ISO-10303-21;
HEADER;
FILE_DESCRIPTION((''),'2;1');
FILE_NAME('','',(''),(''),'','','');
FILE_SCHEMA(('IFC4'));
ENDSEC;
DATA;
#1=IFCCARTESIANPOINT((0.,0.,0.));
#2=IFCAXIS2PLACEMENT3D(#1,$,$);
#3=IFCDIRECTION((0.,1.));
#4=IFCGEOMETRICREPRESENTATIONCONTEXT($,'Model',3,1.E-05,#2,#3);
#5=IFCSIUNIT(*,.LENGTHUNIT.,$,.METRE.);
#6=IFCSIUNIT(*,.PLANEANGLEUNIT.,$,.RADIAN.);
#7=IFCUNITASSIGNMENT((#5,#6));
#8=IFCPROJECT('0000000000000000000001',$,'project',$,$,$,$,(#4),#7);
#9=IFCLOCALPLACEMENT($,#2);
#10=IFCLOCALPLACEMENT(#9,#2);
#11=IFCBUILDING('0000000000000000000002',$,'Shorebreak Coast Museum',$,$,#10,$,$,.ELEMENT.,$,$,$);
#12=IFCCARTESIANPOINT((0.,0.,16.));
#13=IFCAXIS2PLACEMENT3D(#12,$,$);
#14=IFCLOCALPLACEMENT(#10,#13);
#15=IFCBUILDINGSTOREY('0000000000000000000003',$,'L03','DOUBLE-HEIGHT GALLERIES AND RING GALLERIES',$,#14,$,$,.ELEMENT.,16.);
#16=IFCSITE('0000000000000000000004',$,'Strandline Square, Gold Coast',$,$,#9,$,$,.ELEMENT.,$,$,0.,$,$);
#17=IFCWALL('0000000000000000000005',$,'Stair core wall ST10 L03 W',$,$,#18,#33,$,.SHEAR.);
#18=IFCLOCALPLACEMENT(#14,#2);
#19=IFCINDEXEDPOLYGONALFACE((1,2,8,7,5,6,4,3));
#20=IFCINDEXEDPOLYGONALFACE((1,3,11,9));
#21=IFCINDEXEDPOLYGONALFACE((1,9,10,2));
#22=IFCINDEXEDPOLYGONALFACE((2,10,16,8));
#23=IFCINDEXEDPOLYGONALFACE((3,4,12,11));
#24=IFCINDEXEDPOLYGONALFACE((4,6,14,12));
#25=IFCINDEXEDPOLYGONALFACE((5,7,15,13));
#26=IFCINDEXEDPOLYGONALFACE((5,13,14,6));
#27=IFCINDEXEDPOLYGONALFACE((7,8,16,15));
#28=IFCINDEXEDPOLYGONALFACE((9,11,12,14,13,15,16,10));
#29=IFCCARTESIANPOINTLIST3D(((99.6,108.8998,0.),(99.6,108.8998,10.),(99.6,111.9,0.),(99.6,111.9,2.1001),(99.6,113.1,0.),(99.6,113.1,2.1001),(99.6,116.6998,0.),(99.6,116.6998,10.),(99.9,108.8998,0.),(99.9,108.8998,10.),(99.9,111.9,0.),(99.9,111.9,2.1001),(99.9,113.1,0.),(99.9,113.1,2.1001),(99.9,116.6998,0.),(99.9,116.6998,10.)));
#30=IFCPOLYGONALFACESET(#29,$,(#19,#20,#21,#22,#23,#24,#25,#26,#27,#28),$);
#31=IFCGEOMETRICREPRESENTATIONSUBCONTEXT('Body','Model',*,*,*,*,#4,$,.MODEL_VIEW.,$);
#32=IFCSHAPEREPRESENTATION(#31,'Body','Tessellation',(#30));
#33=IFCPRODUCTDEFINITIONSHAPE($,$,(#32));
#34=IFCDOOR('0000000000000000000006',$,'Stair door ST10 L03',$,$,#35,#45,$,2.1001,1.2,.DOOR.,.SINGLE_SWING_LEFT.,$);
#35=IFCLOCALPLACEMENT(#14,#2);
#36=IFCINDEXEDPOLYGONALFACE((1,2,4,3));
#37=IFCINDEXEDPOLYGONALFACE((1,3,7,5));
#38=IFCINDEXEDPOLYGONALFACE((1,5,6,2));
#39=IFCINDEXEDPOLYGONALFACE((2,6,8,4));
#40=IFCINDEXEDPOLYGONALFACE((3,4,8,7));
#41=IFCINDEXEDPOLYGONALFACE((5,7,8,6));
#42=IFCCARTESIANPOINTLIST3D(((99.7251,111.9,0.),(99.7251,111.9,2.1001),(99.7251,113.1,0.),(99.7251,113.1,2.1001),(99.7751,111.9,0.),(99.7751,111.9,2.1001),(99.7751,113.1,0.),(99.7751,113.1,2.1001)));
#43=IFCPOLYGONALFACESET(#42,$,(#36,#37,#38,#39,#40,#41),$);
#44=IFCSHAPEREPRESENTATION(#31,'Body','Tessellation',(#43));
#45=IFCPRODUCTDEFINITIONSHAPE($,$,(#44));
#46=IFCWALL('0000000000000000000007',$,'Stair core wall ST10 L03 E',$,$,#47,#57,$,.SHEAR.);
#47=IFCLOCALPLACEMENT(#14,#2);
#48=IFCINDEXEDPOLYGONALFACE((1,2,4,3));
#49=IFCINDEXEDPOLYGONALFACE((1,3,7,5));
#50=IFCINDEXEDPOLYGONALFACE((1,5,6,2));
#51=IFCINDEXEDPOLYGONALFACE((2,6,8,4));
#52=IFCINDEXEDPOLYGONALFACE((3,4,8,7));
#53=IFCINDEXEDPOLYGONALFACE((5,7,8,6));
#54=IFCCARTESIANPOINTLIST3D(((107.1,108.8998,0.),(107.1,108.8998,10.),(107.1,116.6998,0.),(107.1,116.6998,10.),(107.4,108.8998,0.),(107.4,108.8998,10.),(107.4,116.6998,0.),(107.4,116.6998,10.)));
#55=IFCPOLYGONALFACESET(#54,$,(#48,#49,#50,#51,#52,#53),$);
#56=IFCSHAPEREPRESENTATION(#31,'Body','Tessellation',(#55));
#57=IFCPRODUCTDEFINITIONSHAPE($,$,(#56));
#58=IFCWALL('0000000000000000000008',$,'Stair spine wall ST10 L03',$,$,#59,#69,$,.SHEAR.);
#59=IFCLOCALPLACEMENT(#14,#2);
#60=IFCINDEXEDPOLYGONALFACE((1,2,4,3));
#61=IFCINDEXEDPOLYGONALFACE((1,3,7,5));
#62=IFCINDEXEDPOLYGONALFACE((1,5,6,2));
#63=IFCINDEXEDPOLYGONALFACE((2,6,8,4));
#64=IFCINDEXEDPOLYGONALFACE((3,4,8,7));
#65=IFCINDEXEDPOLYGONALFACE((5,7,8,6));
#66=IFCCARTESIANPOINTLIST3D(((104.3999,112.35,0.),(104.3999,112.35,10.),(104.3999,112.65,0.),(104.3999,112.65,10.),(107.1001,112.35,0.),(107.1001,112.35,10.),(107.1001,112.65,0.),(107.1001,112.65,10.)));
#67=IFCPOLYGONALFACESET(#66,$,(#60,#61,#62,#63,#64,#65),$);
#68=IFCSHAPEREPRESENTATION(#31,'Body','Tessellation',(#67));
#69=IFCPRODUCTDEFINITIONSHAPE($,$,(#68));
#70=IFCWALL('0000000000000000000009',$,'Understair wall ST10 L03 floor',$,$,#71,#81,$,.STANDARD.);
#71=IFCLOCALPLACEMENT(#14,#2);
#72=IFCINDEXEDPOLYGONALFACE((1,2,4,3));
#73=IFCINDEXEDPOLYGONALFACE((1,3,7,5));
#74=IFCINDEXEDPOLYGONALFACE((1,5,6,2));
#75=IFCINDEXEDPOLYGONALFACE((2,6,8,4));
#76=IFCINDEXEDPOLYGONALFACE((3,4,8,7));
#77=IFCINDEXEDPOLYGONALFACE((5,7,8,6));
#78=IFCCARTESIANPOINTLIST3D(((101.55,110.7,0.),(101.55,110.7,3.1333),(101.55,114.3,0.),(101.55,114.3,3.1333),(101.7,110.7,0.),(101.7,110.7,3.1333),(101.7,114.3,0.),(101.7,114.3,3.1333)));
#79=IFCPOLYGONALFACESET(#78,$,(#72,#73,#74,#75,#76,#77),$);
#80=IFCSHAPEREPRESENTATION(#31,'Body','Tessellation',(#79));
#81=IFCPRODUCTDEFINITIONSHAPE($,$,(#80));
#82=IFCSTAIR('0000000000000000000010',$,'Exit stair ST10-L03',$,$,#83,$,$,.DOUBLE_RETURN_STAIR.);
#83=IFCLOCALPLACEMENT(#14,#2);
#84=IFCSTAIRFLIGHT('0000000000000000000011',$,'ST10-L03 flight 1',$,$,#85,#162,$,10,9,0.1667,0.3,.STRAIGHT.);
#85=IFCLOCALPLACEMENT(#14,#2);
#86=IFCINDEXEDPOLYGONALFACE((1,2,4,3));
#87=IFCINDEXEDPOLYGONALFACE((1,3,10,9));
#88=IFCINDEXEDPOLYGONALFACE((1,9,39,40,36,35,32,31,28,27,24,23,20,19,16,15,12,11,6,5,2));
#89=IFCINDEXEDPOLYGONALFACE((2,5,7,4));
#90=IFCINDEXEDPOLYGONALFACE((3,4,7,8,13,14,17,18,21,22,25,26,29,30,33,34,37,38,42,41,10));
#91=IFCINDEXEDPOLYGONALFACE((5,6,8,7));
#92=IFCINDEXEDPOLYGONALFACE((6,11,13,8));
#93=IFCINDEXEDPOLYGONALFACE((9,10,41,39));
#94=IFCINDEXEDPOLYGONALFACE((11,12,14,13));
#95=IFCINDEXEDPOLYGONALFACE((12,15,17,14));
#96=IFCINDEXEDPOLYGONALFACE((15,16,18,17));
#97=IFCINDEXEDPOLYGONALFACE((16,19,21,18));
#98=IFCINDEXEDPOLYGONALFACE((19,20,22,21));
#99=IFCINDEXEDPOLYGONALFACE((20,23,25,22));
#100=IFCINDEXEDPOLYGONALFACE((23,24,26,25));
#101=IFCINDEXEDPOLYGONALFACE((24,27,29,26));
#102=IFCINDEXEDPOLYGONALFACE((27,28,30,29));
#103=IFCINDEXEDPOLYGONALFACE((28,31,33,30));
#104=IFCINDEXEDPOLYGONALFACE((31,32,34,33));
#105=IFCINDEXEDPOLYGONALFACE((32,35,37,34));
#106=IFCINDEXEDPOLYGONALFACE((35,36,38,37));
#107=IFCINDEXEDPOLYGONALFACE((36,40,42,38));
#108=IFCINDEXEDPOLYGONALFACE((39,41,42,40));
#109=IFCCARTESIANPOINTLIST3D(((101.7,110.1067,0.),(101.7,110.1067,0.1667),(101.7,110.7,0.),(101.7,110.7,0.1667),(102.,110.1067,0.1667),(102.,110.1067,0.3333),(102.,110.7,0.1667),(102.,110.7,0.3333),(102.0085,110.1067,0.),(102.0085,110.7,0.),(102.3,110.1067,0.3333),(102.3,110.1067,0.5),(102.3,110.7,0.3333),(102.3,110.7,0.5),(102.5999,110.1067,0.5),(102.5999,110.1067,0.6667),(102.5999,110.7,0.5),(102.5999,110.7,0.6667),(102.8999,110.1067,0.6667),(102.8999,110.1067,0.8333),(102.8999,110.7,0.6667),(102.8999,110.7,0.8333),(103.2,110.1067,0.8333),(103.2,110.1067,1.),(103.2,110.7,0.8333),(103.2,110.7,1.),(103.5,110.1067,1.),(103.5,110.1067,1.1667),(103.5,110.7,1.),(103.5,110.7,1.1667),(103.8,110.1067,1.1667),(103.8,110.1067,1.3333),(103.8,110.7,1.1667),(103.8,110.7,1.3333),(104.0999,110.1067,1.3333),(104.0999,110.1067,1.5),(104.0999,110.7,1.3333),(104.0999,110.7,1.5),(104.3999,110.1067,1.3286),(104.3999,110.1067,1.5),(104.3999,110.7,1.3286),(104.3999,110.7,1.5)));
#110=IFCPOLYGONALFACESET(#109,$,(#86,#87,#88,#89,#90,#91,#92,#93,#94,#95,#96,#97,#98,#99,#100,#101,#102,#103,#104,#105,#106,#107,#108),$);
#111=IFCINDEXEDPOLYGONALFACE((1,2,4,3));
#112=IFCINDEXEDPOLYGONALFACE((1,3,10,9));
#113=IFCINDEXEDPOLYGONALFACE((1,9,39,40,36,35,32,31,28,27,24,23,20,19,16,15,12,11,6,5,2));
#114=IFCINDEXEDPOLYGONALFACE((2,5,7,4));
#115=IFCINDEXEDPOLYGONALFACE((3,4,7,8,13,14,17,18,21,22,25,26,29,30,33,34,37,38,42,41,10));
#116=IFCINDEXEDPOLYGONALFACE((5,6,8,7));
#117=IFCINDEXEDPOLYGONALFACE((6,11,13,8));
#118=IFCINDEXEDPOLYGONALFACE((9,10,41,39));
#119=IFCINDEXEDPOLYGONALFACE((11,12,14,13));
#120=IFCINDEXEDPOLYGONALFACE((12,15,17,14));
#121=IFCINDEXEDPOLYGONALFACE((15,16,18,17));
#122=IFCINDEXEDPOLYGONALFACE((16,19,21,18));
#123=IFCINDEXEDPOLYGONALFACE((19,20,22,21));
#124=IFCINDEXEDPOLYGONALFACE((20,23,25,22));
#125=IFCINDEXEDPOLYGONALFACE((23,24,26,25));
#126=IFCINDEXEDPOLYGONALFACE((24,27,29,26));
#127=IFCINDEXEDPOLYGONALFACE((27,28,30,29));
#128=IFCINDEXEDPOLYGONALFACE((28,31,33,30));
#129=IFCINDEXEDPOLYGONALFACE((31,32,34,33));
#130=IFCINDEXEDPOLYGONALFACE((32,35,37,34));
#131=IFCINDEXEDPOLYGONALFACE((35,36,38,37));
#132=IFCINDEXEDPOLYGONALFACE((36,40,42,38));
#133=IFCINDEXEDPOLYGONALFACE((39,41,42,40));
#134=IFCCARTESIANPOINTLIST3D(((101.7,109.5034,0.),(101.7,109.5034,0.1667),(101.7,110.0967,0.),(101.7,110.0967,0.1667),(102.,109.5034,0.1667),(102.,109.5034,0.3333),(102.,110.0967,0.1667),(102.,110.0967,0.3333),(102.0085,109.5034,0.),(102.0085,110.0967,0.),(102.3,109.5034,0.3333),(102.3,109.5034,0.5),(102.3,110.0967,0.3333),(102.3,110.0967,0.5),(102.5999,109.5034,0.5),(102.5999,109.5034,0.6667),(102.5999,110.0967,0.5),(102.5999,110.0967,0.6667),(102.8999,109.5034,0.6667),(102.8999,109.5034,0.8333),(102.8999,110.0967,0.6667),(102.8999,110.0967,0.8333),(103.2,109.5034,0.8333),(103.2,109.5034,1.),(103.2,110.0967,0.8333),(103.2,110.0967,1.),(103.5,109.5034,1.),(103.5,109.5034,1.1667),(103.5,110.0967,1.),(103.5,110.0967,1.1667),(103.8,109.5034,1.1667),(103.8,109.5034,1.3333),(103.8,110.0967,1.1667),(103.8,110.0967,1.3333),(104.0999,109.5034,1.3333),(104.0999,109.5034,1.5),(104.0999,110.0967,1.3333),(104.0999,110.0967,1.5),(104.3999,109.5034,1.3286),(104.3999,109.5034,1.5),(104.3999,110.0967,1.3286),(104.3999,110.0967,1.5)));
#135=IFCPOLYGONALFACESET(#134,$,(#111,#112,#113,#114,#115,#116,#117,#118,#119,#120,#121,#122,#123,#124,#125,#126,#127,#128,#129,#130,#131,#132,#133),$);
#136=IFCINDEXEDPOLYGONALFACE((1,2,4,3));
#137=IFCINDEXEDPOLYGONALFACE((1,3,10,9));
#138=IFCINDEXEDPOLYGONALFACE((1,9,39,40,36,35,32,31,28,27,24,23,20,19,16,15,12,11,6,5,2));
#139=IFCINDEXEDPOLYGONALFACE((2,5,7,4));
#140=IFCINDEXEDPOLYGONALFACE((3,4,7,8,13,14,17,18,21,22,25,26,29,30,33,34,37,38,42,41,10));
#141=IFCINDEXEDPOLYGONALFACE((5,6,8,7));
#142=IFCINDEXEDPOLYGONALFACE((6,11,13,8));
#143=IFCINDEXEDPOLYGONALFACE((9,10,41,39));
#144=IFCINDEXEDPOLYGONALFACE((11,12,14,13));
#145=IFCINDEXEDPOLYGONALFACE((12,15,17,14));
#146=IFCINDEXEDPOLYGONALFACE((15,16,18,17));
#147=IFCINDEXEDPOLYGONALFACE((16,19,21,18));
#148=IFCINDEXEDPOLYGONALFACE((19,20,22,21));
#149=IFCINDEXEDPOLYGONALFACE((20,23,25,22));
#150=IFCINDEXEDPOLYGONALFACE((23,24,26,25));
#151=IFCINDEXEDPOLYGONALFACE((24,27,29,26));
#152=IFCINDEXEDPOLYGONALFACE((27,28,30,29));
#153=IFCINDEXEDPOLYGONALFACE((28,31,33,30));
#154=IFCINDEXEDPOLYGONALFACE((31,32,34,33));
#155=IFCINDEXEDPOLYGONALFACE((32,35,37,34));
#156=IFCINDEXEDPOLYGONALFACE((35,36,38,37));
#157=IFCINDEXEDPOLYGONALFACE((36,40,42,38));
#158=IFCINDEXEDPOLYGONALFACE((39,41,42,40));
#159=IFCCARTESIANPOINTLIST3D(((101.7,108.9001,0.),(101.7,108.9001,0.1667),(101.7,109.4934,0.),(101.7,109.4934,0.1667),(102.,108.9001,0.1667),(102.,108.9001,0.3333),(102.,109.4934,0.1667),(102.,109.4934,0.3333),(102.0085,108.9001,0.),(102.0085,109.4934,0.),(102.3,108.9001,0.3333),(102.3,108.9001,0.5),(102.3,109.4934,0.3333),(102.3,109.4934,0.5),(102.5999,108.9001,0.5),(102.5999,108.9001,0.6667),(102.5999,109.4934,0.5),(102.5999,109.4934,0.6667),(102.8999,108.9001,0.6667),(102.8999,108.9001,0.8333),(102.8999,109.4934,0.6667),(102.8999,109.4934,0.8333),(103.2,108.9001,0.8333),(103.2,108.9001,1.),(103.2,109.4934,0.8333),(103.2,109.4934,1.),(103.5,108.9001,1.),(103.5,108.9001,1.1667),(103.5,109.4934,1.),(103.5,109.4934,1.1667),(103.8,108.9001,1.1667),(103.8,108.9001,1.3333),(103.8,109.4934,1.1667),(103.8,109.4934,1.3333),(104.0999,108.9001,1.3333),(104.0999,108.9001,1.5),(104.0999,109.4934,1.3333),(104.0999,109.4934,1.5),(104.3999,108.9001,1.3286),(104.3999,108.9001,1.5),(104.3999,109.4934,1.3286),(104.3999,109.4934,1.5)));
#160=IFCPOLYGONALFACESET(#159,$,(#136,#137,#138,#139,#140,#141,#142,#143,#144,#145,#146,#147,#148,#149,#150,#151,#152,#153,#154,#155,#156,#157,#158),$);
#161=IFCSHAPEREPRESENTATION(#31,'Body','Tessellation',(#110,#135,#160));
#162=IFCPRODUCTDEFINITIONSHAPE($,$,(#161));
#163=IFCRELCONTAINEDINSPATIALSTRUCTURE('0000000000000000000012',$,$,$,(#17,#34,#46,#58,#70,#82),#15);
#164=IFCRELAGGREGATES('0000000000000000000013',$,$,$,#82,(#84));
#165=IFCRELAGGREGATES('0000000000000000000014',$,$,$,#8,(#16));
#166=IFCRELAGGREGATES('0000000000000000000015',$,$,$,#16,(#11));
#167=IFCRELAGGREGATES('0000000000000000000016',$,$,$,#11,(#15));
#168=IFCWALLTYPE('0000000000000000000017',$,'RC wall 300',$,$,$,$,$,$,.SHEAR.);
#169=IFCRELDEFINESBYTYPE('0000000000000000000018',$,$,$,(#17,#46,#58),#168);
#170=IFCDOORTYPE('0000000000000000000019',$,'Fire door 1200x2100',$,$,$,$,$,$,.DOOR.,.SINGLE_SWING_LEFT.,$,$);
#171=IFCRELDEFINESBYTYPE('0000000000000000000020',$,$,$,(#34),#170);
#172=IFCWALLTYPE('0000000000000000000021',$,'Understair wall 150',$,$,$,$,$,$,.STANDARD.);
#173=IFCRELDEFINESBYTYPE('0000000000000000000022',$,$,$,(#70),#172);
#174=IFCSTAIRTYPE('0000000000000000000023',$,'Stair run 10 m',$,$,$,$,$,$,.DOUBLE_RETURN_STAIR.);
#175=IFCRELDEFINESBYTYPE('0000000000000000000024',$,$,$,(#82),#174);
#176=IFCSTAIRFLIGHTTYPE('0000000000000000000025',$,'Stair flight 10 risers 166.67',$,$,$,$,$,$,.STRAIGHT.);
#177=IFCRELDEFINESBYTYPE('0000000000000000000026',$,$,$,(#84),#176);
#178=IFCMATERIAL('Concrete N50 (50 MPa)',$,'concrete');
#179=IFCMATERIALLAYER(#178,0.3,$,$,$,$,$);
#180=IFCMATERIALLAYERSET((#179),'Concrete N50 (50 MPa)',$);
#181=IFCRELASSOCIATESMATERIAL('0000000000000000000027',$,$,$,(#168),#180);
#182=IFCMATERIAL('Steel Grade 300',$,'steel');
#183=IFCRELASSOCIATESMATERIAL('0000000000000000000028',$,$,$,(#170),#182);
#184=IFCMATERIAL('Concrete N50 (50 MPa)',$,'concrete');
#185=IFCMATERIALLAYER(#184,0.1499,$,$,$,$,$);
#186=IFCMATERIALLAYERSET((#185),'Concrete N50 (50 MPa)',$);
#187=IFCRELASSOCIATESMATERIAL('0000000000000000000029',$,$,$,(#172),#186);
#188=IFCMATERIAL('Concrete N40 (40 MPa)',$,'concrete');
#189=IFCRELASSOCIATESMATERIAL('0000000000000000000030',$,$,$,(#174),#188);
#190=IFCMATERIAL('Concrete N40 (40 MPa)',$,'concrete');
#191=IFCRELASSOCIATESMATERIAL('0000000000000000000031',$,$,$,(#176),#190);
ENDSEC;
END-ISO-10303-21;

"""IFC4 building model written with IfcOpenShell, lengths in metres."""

from ifc_helpers import new_model, si_unit, direction, frame, frame_2d, origin, place, context, subcontext, project, spatial, polyline, rectangle, outline, extrude, material, layer, layer_set, type_object, element, fill, aggregate, save


model = new_model("IFC4")

# Units and contexts
model_context = context("Model", 3, precision=1e-05, world=origin(), true_north=direction((0.0, 1.0)))
body_context = subcontext(model_context, "Body", "Model", "MODEL_VIEW")
ifc_project = project(units=[si_unit("LENGTHUNIT", "METRE"), si_unit("PLANEANGLEUNIT", "RADIAN")], contexts=[model_context])

# Site, building, storey
site_placement = place(None, origin())
site = spatial("IfcSite", under=ifc_project, at=site_placement, Name="Strandline Square, Gold Coast", CompositionType="ELEMENT", RefElevation=0.0)
building_placement = place(site_placement, origin())
building = spatial("IfcBuilding", under=site, at=building_placement, Name="Shorebreak Coast Museum", CompositionType="ELEMENT")
storey_placement = place(building_placement, frame((0.0, 0.0, 16.0)))
storey = spatial("IfcBuildingStorey", under=building, at=storey_placement, Name="L03", Description="DOUBLE-HEIGHT GALLERIES AND RING GALLERIES", CompositionType="ELEMENT", Elevation=16.0)

# Shared definitions
ifc_material_1 = material(Name="Concrete N50 (50 MPa)", Category="concrete")
ifc_layer_1 = layer(ifc_material_1, 0.3)
ifc_layer_set_1 = layer_set([ifc_layer_1], Name="Concrete N50 (50 MPa)")
wall_type_1 = type_object("IfcWallType", Name="RC wall 300", PredefinedType="SHEAR", material=ifc_layer_set_1)

# Wall, opening, door
wall_1_placement = place(storey_placement, frame((99.75, 108.8999, 0.0), z_axis=(0.0, 0.0, 1.0), x_axis=(0.0, 1.0, 0.0)))
wall_1 = element("IfcWall", 1, at=wall_1_placement, inside=storey, type_object=wall_type_1, Name="Stair core wall ST10 L03 W", PredefinedType="SHEAR", context=body_context, shape_type="SweptSolid", body=[
    extrude(rectangle(XDim=7.8, YDim=0.3, at=frame_2d((3.8999, 0.0))), origin(), (0.0, 0.0, 1.0), 10.0),
])
opening_1_placement = place(wall_1_placement, frame((3.0, 0.0, 0.0)))
opening_1 = element("IfcOpeningElement", 2, at=opening_1_placement, cuts=wall_1, PredefinedType="OPENING", context=body_context, shape_type="SweptSolid", body=[
    extrude(rectangle(XDim=1.2, YDim=2.1001, at=frame_2d((0.6001, 1.05))), frame((0.0, 0.1599, 0.0), z_axis=(0.0, -1.0, 0.0), x_axis=(1.0, 0.0, 0.0)), (0.0, 0.0, 1.0), 0.3201),
])
ifc_material_2 = material(Name="Steel Grade 300", Category="steel")
door_type = type_object("IfcDoorType", Name="Fire door 1200x2100", OperationType="SINGLE_SWING_LEFT", PredefinedType="DOOR", material=ifc_material_2)
door_placement = place(opening_1_placement, origin())
door = element("IfcDoor", 3, at=door_placement, inside=storey, type_object=door_type, Name="Stair door ST10 L03", OperationType="SINGLE_SWING_LEFT", OverallHeight=2.1001, OverallWidth=1.2, PredefinedType="DOOR", context=body_context, shape_type="SweptSolid", body=[
    extrude(rectangle(XDim=1.2, YDim=2.1001, at=frame_2d((0.6001, 1.05))), frame((0.0, 0.0249, 0.0), z_axis=(0.0, -1.0, 0.0), x_axis=(1.0, 0.0, 0.0)), (0.0, 0.0, 1.0), 0.05),
])
fill(opening_1, door)

# Walls
wall_2_placement = place(storey_placement, frame((107.25, 108.8999, 0.0), z_axis=(0.0, 0.0, 1.0), x_axis=(0.0, 1.0, 0.0)))
element("IfcWall", 4, at=wall_2_placement, inside=storey, type_object=wall_type_1, Name="Stair core wall ST10 L03 E", PredefinedType="SHEAR", context=body_context, shape_type="SweptSolid", body=[
    extrude(rectangle(XDim=7.8, YDim=0.3, at=frame_2d((3.8999, 0.0))), origin(), (0.0, 0.0, 1.0), 10.0),
])
wall_3_placement = place(storey_placement, frame((104.3999, 112.5, 0.0), z_axis=(0.0, 0.0, 1.0), x_axis=(1.0, 0.0, 0.0)))
element("IfcWall", 5, at=wall_3_placement, inside=storey, type_object=wall_type_1, Name="Stair spine wall ST10 L03", PredefinedType="SHEAR", context=body_context, shape_type="SweptSolid", body=[
    extrude(rectangle(XDim=2.7002, YDim=0.3, at=frame_2d((1.3501, 0.0))), origin(), (0.0, 0.0, 1.0), 10.0),
])
ifc_material_3 = material(Name="Concrete N50 (50 MPa)", Category="concrete")
ifc_layer_2 = layer(ifc_material_3, 0.1499)
ifc_layer_set_2 = layer_set([ifc_layer_2], Name="Concrete N50 (50 MPa)")
wall_type_2 = type_object("IfcWallType", Name="Understair wall 150", PredefinedType="STANDARD", material=ifc_layer_set_2)
wall_4_placement = place(storey_placement, frame((101.625, 110.7, 0.0), z_axis=(0.0, 0.0, 1.0), x_axis=(0.0, 1.0, 0.0)))
element("IfcWall", 6, at=wall_4_placement, inside=storey, type_object=wall_type_2, Name="Understair wall ST10 L03 floor", PredefinedType="STANDARD", context=body_context, shape_type="SweptSolid", body=[
    extrude(rectangle(XDim=3.6001, YDim=0.1499, at=frame_2d((1.8, 0.0))), origin(), (0.0, 0.0, 1.0), 3.1333),
])

# Stair, stair flight
ifc_material_4 = material(Name="Concrete N40 (40 MPa)", Category="concrete")
stair_type = type_object("IfcStairType", Name="Stair run 10 m", PredefinedType="DOUBLE_RETURN_STAIR", material=ifc_material_4)
stair_placement = place(storey_placement, origin())
stair = element("IfcStair", 7, at=stair_placement, inside=storey, type_object=stair_type, Name="Exit stair ST10-L03", PredefinedType="DOUBLE_RETURN_STAIR")
ifc_material_5 = material(Name="Concrete N40 (40 MPa)", Category="concrete")
stair_flight_type = type_object("IfcStairFlightType", Name="Stair flight 10 risers 166.67", PredefinedType="STRAIGHT", material=ifc_material_5)
stair_flight_1_placement = place(storey_placement, frame((101.7, 109.8, 0.0), z_axis=(0.0, 0.0, 1.0), x_axis=(1.0, 0.0, 0.0)))
stair_flight_1 = element("IfcStairFlight", 8, at=stair_flight_1_placement, type_object=stair_flight_type, Name="ST10-L03 flight 1", NumberOfRisers=10, NumberOfTreads=9, PredefinedType="STRAIGHT", RiserHeight=0.1667, TreadLength=0.3, context=body_context, shape_type="SweptSolid", body=[
    extrude(outline(polyline([(0.0, 0.0), (0.0, 0.1667), (0.3, 0.1667), (0.3, 0.3333), (0.6001, 0.3333), (0.6001, 0.5), (0.8999, 0.5), (0.8999, 0.6667), (1.2, 0.6667), (1.2, 0.8333), (1.5, 0.8333), (1.5, 1.0), (1.8, 1.0), (1.8, 1.1667), (2.1001, 1.1667), (2.1001, 1.3333), (2.3999, 1.3333), (2.3999, 1.5), (2.7, 1.5), (2.7, 1.6667), (2.7, 1.3286), (0.3086, 0.0), (0.0, 0.0)])), frame((0.0, 0.8999, 0.0), z_axis=(0.0, -1.0, 0.0), x_axis=(1.0, 0.0, 0.0)), (0.0, 0.0, 1.0), 0.5933),
    extrude(outline(polyline([(0.0, 0.0), (0.0, 0.1667), (0.3, 0.1667), (0.3, 0.3333), (0.6001, 0.3333), (0.6001, 0.5), (0.8999, 0.5), (0.8999, 0.6667), (1.2, 0.6667), (1.2, 0.8333), (1.5, 0.8333), (1.5, 1.0), (1.8, 1.0), (1.8, 1.1667), (2.1001, 1.1667), (2.1001, 1.3333), (2.3999, 1.3333), (2.3999, 1.5), (2.7, 1.5), (2.7, 1.6667), (2.7, 1.3286), (0.3086, 0.0), (0.0, 0.0)])), frame((0.0, 0.2966, 0.0), z_axis=(0.0, -1.0, 0.0), x_axis=(1.0, 0.0, 0.0)), (0.0, 0.0, 1.0), 0.5933),
    extrude(outline(polyline([(0.0, 0.0), (0.0, 0.1667), (0.3, 0.1667), (0.3, 0.3333), (0.6001, 0.3333), (0.6001, 0.5), (0.8999, 0.5), (0.8999, 0.6667), (1.2, 0.6667), (1.2, 0.8333), (1.5, 0.8333), (1.5, 1.0), (1.8, 1.0), (1.8, 1.1667), (2.1001, 1.1667), (2.1001, 1.3333), (2.3999, 1.3333), (2.3999, 1.5), (2.7, 1.5), (2.7, 1.6667), (2.7, 1.3286), (0.3086, 0.0), (0.0, 0.0)])), frame((0.0, -0.3066, 0.0), z_axis=(0.0, -1.0, 0.0), x_axis=(1.0, 0.0, 0.0)), (0.0, 0.0, 1.0), 0.5933),
])
aggregate(stair, [stair_flight_1])

save(model, "model.ifc")
